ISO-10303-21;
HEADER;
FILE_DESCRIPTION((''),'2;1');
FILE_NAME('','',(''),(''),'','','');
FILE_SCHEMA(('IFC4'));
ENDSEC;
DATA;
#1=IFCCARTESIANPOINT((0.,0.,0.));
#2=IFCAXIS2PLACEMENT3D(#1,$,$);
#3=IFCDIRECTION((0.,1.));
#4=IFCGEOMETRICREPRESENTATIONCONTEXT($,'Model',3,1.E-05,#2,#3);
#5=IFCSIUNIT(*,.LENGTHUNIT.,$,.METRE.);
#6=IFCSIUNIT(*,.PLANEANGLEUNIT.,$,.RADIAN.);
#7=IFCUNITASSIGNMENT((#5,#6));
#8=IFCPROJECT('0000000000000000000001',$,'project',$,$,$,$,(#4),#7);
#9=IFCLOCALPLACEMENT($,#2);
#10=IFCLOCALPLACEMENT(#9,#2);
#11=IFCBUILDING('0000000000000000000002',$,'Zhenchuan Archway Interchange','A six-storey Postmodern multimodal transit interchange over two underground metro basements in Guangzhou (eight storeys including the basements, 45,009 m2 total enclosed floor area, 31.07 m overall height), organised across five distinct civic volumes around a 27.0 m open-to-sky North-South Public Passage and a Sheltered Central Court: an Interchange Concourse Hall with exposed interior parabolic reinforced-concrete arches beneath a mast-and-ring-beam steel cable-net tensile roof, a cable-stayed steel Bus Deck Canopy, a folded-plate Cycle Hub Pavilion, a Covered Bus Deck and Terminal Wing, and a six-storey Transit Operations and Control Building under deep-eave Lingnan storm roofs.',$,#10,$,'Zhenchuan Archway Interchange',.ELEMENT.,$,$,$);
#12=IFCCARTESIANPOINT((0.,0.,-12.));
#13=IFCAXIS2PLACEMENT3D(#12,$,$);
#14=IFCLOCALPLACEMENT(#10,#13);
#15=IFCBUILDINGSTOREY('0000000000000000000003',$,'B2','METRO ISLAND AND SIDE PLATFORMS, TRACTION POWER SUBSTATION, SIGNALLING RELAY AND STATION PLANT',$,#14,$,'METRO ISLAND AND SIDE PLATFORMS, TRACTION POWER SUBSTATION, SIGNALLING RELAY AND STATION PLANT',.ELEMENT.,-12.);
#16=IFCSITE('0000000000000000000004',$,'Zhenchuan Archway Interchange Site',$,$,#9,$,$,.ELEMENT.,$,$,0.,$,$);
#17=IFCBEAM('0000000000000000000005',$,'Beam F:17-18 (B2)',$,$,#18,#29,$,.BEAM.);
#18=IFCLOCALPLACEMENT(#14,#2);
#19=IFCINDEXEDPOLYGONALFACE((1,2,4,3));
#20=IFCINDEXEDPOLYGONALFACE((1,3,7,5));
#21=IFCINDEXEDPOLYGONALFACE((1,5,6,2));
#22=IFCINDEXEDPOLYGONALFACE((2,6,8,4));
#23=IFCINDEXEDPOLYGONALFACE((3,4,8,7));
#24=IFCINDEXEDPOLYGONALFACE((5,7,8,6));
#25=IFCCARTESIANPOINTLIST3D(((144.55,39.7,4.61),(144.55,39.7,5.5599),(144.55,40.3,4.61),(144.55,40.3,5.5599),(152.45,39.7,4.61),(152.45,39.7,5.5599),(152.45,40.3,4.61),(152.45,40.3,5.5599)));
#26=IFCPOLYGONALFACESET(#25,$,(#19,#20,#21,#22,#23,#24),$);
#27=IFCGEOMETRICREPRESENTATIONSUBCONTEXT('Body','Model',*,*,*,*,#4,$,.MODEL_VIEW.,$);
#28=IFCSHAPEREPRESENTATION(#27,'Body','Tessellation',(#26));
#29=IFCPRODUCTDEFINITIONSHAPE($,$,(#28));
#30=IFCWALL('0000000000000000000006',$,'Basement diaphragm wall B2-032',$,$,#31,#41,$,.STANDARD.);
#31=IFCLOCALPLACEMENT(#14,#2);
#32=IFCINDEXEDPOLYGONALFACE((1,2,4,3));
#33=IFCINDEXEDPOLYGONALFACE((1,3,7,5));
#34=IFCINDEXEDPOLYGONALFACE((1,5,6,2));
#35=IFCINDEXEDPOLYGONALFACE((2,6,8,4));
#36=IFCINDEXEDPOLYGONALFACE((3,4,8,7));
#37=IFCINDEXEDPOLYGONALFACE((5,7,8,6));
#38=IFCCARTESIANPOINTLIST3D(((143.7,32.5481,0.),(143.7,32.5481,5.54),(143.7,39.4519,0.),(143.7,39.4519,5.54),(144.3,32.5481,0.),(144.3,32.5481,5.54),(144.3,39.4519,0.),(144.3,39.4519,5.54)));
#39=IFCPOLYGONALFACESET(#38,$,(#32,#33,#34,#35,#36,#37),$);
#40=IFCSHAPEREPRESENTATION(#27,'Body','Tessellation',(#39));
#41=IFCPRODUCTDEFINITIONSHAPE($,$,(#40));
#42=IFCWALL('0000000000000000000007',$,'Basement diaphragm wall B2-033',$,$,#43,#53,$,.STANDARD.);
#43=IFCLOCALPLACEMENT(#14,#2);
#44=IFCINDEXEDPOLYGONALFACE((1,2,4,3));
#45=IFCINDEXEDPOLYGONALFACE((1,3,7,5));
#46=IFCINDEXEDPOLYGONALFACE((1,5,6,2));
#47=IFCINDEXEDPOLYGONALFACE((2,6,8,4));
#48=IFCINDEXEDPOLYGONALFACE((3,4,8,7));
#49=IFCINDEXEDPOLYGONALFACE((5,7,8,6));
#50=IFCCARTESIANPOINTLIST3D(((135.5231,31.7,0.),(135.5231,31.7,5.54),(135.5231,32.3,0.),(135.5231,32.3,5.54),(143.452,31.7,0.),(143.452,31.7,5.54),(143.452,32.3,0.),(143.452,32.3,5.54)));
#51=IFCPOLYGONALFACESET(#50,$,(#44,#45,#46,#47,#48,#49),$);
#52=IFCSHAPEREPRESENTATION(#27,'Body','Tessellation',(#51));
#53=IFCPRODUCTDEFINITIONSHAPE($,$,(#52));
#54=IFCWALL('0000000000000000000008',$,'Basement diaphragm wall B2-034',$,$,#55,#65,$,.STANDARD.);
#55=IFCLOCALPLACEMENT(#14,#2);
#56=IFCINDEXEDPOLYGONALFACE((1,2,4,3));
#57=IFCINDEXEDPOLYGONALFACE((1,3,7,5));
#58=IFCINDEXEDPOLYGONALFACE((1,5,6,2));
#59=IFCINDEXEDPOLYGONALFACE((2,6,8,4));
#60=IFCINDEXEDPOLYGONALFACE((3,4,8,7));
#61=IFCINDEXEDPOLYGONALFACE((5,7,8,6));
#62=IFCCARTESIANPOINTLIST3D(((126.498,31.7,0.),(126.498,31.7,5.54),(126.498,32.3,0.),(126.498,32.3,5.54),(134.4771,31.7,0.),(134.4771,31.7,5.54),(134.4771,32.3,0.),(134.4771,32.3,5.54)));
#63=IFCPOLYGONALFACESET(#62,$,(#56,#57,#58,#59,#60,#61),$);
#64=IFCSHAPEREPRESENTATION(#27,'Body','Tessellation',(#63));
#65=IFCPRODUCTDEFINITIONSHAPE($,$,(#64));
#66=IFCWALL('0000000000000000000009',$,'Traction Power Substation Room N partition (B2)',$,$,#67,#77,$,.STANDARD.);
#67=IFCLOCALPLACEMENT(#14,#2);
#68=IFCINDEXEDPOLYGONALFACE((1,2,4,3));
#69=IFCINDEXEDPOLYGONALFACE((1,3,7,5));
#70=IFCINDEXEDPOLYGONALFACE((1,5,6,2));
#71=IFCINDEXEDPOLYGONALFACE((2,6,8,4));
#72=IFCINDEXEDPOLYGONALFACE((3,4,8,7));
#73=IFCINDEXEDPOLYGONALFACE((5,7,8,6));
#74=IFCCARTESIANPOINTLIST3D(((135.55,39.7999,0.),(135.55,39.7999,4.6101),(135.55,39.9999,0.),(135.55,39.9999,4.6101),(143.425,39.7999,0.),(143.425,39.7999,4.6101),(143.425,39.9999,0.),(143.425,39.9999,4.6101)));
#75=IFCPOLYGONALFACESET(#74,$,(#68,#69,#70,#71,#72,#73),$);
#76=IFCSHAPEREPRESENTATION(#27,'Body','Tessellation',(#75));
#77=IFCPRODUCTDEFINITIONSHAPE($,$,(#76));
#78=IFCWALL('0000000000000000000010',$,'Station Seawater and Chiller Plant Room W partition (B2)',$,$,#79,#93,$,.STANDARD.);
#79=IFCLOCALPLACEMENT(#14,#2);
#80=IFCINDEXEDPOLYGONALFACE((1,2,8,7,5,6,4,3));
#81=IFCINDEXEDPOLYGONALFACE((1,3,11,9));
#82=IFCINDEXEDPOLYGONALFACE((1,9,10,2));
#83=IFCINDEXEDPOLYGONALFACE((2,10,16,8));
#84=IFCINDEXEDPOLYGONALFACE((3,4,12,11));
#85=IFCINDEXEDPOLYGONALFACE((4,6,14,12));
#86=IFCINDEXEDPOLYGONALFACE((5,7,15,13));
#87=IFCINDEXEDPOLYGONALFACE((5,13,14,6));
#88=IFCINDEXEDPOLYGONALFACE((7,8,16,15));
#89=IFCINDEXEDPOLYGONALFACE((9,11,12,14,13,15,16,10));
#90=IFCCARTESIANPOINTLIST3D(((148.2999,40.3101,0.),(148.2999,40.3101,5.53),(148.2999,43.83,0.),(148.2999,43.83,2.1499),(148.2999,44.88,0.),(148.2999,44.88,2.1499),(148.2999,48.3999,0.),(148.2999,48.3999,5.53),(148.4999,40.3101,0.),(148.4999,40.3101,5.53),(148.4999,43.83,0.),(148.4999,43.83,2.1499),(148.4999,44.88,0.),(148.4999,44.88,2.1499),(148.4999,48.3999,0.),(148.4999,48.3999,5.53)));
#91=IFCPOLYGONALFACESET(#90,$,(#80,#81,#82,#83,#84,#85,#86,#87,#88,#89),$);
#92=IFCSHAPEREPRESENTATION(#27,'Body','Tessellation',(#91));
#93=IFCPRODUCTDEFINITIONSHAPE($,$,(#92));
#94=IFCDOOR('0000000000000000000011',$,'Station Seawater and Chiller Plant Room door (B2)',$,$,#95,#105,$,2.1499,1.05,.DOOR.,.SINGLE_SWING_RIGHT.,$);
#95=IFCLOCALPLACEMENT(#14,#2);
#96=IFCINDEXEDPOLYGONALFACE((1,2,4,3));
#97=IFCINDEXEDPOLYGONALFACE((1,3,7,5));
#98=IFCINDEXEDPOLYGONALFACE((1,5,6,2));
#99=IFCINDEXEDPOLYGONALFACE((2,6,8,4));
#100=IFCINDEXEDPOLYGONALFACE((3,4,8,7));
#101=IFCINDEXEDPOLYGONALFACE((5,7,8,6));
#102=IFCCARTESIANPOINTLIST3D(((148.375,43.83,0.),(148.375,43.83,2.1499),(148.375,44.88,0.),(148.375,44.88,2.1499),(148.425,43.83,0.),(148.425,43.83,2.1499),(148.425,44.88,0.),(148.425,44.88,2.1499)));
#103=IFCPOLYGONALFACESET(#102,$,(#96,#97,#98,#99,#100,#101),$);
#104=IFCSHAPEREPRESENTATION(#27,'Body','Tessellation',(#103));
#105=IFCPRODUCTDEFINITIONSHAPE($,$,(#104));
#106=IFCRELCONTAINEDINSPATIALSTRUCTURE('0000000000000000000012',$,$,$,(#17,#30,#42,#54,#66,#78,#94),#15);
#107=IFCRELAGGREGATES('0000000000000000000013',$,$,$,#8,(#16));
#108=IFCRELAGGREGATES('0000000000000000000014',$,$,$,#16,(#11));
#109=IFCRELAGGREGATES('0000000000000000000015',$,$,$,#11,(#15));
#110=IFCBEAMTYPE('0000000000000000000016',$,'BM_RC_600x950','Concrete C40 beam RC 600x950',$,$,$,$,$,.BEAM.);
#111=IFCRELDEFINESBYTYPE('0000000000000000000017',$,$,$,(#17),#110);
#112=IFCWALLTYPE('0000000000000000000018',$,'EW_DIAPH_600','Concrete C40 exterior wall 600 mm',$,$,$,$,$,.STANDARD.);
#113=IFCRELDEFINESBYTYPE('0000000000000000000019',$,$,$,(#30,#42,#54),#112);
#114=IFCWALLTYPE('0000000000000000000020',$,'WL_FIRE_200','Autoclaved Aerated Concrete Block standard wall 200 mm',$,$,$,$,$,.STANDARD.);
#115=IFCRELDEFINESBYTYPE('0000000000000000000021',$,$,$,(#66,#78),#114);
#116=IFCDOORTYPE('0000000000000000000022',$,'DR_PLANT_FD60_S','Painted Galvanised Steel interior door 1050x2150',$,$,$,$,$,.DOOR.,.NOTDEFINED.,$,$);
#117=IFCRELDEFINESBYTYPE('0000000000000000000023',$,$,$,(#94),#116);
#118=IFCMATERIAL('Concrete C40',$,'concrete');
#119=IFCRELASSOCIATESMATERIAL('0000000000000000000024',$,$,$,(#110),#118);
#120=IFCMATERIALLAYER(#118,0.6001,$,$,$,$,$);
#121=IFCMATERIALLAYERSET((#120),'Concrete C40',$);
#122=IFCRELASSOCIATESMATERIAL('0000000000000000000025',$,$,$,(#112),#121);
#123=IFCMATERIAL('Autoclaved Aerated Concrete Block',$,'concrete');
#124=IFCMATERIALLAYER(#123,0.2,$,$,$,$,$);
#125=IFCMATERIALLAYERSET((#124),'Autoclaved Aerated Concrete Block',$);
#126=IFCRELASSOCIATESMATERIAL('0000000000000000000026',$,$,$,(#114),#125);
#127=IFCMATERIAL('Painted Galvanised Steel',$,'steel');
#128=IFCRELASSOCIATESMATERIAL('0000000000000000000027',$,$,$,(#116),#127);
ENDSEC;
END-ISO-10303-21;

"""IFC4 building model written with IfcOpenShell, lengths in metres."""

from ifc_helpers import new_model, si_unit, direction, frame, frame_2d, origin, origin_2d, place, context, subcontext, project, spatial, rectangle, extrude, material, layer, layer_set, material_profile, profile_set, type_object, element, fill, save


model = new_model("IFC4")

# Units and contexts
model_context = context("Model", 3, precision=1e-05, world=origin(), true_north=direction((0.0, 1.0)))
body_context = subcontext(model_context, "Body", "Model", "MODEL_VIEW")
ifc_project = project(units=[si_unit("LENGTHUNIT", "METRE"), si_unit("PLANEANGLEUNIT", "RADIAN")], contexts=[model_context])

# Site, building, storey
site_placement = place(None, origin())
site = spatial("IfcSite", under=ifc_project, at=site_placement, Name="Zhenchuan Archway Interchange Site", CompositionType="ELEMENT", RefElevation=0.0)
building_placement = place(site_placement, origin())
building = spatial("IfcBuilding", under=site, at=building_placement, Name="Zhenchuan Archway Interchange", Description="A six-storey Postmodern multimodal transit interchange over two underground metro basements in Guangzhou (eight storeys including the basements, 45,009 m2 total enclosed floor area, 31.07 m overall height), organised across five distinct civic volumes around a 27.0 m open-to-sky North-South Public Passage and a Sheltered Central Court: an Interchange Concourse Hall with exposed interior parabolic reinforced-concrete arches beneath a mast-and-ring-beam steel cable-net tensile roof, a cable-stayed steel Bus Deck Canopy, a folded-plate Cycle Hub Pavilion, a Covered Bus Deck and Terminal Wing, and a six-storey Transit Operations and Control Building under deep-eave Lingnan storm roofs.", LongName="Zhenchuan Archway Interchange", CompositionType="ELEMENT")
storey_placement = place(building_placement, frame((0.0, 0.0, -12.0)))
storey = spatial("IfcBuildingStorey", under=building, at=storey_placement, Name="B2", Description="METRO ISLAND AND SIDE PLATFORMS, TRACTION POWER SUBSTATION, SIGNALLING RELAY AND STATION PLANT", LongName="METRO ISLAND AND SIDE PLATFORMS, TRACTION POWER SUBSTATION, SIGNALLING RELAY AND STATION PLANT", CompositionType="ELEMENT", Elevation=-12.0)

# Shared definitions
ifc_material_1 = material(Name="Concrete C40", Category="concrete")

# Beam
ifc_material_profile_1 = material_profile(ifc_material_1, rectangle(XDim=0.6001, YDim=0.95, at=origin_2d()), Name="RC 600x950")
ifc_profile_set_1 = profile_set([ifc_material_profile_1], Name="Concrete C40")
beam_type_1 = type_object("IfcBeamType", Name="BM_RC_600x950", Description="Concrete C40 beam RC 600x950", PredefinedType="BEAM", material=ifc_profile_set_1)
beam_1_placement = place(storey_placement, frame((144.55, 40.0, 5.085), z_axis=(1.0, 0.0, 0.0), x_axis=(0.0, 1.0, 0.0)))
element("IfcBeam", 1, at=beam_1_placement, inside=storey, type_object=beam_type_1, Name="Beam F:17-18 (B2)", PredefinedType="BEAM", context=body_context, shape_type="SweptSolid", body=[
    extrude(rectangle(XDim=0.6001, YDim=0.95, at=origin_2d()), origin(), (0.0, 0.0, 1.0), 7.8999),
])

# Walls
ifc_layer_1 = layer(ifc_material_1, 0.6001)
ifc_layer_set_1 = layer_set([ifc_layer_1], Name="Concrete C40")
wall_type_1 = type_object("IfcWallType", Name="EW_DIAPH_600", Description="Concrete C40 exterior wall 600 mm", PredefinedType="STANDARD", material=ifc_layer_set_1)
wall_1_placement = place(storey_placement, frame((144.0, 39.4519, 0.0), z_axis=(0.0, 0.0, 1.0), x_axis=(0.0, -1.0, 0.0)))
element("IfcWall", 2, at=wall_1_placement, inside=storey, type_object=wall_type_1, Name="Basement diaphragm wall B2-032", PredefinedType="STANDARD", context=body_context, shape_type="SweptSolid", body=[
    extrude(rectangle(XDim=6.9038, YDim=0.6001, at=frame_2d((3.4519, 0.0))), origin(), (0.0, 0.0, 1.0), 5.54),
])
wall_2_placement = place(storey_placement, frame((143.4519, 32.0, 0.0), z_axis=(0.0, 0.0, 1.0), x_axis=(-1.0, 0.0, 0.0)))
element("IfcWall", 3, at=wall_2_placement, inside=storey, type_object=wall_type_1, Name="Basement diaphragm wall B2-033", PredefinedType="STANDARD", context=body_context, shape_type="SweptSolid", body=[
    extrude(rectangle(XDim=7.929, YDim=0.6001, at=frame_2d((3.9644, 0.0))), origin(), (0.0, 0.0, 1.0), 5.54),
])
wall_3_placement = place(storey_placement, frame((134.4771, 32.0, 0.0), z_axis=(0.0, 0.0, 1.0), x_axis=(-1.0, 0.0, 0.0)))
element("IfcWall", 4, at=wall_3_placement, inside=storey, type_object=wall_type_1, Name="Basement diaphragm wall B2-034", PredefinedType="STANDARD", context=body_context, shape_type="SweptSolid", body=[
    extrude(rectangle(XDim=7.979, YDim=0.6001, at=frame_2d((3.9895, 0.0))), origin(), (0.0, 0.0, 1.0), 5.54),
])
ifc_material_2 = material(Name="Autoclaved Aerated Concrete Block", Category="concrete")
ifc_layer_2 = layer(ifc_material_2, 0.2)
ifc_layer_set_2 = layer_set([ifc_layer_2], Name="Autoclaved Aerated Concrete Block")
wall_type_2 = type_object("IfcWallType", Name="WL_FIRE_200", Description="Autoclaved Aerated Concrete Block standard wall 200 mm", PredefinedType="STANDARD", material=ifc_layer_set_2)
wall_4_placement = place(storey_placement, frame((135.55, 39.8999, 0.0), z_axis=(0.0, 0.0, 1.0), x_axis=(1.0, 0.0, 0.0)))
element("IfcWall", 5, at=wall_4_placement, inside=storey, type_object=wall_type_2, Name="Traction Power Substation Room N partition (B2)", PredefinedType="STANDARD", context=body_context, shape_type="SweptSolid", body=[
    extrude(rectangle(XDim=7.875, YDim=0.2, at=frame_2d((3.9375, 0.0))), origin(), (0.0, 0.0, 1.0), 4.6101),
])

# Wall, opening, door
wall_5_placement = place(storey_placement, frame((148.3999, 40.3101, 0.0), z_axis=(0.0, 0.0, 1.0), x_axis=(0.0, 1.0, 0.0)))
wall_5 = element("IfcWall", 6, at=wall_5_placement, inside=storey, type_object=wall_type_2, Name="Station Seawater and Chiller Plant Room W partition (B2)", PredefinedType="STANDARD", context=body_context, shape_type="SweptSolid", body=[
    extrude(rectangle(XDim=8.0898, YDim=0.2, at=frame_2d((4.0449, 0.0))), origin(), (0.0, 0.0, 1.0), 5.53),
])
opening_placement = place(wall_5_placement, frame((3.52, 0.0, 0.0)))
opening = element("IfcOpeningElement", 7, at=opening_placement, cuts=wall_5, PredefinedType="OPENING", context=body_context, shape_type="SweptSolid", body=[
    extrude(rectangle(XDim=1.05, YDim=2.1499, at=frame_2d((0.5249, 1.075))), frame((0.0, 0.1118, 0.0), z_axis=(0.0, -1.0, 0.0), x_axis=(1.0, 0.0, 0.0)), (0.0, 0.0, 1.0), 0.2239),
])
ifc_material_3 = material(Name="Painted Galvanised Steel", Category="steel")
door_type = type_object("IfcDoorType", Name="DR_PLANT_FD60_S", Description="Painted Galvanised Steel interior door 1050x2150", OperationType="NOTDEFINED", PredefinedType="DOOR", material=ifc_material_3)
door_placement = place(opening_placement, origin())
door = element("IfcDoor", 8, at=door_placement, inside=storey, type_object=door_type, Name="Station Seawater and Chiller Plant Room door (B2)", OperationType="SINGLE_SWING_RIGHT", OverallHeight=2.1499, OverallWidth=1.05, PredefinedType="DOOR", context=body_context, shape_type="SweptSolid", body=[
    extrude(rectangle(XDim=1.05, YDim=2.1499, at=frame_2d((0.5249, 1.075))), frame((0.0, 0.0249, 0.0), z_axis=(0.0, -1.0, 0.0), x_axis=(1.0, 0.0, 0.0)), (0.0, 0.0, 1.0), 0.05),
])
fill(opening, door)

save(model, "model.ifc")
